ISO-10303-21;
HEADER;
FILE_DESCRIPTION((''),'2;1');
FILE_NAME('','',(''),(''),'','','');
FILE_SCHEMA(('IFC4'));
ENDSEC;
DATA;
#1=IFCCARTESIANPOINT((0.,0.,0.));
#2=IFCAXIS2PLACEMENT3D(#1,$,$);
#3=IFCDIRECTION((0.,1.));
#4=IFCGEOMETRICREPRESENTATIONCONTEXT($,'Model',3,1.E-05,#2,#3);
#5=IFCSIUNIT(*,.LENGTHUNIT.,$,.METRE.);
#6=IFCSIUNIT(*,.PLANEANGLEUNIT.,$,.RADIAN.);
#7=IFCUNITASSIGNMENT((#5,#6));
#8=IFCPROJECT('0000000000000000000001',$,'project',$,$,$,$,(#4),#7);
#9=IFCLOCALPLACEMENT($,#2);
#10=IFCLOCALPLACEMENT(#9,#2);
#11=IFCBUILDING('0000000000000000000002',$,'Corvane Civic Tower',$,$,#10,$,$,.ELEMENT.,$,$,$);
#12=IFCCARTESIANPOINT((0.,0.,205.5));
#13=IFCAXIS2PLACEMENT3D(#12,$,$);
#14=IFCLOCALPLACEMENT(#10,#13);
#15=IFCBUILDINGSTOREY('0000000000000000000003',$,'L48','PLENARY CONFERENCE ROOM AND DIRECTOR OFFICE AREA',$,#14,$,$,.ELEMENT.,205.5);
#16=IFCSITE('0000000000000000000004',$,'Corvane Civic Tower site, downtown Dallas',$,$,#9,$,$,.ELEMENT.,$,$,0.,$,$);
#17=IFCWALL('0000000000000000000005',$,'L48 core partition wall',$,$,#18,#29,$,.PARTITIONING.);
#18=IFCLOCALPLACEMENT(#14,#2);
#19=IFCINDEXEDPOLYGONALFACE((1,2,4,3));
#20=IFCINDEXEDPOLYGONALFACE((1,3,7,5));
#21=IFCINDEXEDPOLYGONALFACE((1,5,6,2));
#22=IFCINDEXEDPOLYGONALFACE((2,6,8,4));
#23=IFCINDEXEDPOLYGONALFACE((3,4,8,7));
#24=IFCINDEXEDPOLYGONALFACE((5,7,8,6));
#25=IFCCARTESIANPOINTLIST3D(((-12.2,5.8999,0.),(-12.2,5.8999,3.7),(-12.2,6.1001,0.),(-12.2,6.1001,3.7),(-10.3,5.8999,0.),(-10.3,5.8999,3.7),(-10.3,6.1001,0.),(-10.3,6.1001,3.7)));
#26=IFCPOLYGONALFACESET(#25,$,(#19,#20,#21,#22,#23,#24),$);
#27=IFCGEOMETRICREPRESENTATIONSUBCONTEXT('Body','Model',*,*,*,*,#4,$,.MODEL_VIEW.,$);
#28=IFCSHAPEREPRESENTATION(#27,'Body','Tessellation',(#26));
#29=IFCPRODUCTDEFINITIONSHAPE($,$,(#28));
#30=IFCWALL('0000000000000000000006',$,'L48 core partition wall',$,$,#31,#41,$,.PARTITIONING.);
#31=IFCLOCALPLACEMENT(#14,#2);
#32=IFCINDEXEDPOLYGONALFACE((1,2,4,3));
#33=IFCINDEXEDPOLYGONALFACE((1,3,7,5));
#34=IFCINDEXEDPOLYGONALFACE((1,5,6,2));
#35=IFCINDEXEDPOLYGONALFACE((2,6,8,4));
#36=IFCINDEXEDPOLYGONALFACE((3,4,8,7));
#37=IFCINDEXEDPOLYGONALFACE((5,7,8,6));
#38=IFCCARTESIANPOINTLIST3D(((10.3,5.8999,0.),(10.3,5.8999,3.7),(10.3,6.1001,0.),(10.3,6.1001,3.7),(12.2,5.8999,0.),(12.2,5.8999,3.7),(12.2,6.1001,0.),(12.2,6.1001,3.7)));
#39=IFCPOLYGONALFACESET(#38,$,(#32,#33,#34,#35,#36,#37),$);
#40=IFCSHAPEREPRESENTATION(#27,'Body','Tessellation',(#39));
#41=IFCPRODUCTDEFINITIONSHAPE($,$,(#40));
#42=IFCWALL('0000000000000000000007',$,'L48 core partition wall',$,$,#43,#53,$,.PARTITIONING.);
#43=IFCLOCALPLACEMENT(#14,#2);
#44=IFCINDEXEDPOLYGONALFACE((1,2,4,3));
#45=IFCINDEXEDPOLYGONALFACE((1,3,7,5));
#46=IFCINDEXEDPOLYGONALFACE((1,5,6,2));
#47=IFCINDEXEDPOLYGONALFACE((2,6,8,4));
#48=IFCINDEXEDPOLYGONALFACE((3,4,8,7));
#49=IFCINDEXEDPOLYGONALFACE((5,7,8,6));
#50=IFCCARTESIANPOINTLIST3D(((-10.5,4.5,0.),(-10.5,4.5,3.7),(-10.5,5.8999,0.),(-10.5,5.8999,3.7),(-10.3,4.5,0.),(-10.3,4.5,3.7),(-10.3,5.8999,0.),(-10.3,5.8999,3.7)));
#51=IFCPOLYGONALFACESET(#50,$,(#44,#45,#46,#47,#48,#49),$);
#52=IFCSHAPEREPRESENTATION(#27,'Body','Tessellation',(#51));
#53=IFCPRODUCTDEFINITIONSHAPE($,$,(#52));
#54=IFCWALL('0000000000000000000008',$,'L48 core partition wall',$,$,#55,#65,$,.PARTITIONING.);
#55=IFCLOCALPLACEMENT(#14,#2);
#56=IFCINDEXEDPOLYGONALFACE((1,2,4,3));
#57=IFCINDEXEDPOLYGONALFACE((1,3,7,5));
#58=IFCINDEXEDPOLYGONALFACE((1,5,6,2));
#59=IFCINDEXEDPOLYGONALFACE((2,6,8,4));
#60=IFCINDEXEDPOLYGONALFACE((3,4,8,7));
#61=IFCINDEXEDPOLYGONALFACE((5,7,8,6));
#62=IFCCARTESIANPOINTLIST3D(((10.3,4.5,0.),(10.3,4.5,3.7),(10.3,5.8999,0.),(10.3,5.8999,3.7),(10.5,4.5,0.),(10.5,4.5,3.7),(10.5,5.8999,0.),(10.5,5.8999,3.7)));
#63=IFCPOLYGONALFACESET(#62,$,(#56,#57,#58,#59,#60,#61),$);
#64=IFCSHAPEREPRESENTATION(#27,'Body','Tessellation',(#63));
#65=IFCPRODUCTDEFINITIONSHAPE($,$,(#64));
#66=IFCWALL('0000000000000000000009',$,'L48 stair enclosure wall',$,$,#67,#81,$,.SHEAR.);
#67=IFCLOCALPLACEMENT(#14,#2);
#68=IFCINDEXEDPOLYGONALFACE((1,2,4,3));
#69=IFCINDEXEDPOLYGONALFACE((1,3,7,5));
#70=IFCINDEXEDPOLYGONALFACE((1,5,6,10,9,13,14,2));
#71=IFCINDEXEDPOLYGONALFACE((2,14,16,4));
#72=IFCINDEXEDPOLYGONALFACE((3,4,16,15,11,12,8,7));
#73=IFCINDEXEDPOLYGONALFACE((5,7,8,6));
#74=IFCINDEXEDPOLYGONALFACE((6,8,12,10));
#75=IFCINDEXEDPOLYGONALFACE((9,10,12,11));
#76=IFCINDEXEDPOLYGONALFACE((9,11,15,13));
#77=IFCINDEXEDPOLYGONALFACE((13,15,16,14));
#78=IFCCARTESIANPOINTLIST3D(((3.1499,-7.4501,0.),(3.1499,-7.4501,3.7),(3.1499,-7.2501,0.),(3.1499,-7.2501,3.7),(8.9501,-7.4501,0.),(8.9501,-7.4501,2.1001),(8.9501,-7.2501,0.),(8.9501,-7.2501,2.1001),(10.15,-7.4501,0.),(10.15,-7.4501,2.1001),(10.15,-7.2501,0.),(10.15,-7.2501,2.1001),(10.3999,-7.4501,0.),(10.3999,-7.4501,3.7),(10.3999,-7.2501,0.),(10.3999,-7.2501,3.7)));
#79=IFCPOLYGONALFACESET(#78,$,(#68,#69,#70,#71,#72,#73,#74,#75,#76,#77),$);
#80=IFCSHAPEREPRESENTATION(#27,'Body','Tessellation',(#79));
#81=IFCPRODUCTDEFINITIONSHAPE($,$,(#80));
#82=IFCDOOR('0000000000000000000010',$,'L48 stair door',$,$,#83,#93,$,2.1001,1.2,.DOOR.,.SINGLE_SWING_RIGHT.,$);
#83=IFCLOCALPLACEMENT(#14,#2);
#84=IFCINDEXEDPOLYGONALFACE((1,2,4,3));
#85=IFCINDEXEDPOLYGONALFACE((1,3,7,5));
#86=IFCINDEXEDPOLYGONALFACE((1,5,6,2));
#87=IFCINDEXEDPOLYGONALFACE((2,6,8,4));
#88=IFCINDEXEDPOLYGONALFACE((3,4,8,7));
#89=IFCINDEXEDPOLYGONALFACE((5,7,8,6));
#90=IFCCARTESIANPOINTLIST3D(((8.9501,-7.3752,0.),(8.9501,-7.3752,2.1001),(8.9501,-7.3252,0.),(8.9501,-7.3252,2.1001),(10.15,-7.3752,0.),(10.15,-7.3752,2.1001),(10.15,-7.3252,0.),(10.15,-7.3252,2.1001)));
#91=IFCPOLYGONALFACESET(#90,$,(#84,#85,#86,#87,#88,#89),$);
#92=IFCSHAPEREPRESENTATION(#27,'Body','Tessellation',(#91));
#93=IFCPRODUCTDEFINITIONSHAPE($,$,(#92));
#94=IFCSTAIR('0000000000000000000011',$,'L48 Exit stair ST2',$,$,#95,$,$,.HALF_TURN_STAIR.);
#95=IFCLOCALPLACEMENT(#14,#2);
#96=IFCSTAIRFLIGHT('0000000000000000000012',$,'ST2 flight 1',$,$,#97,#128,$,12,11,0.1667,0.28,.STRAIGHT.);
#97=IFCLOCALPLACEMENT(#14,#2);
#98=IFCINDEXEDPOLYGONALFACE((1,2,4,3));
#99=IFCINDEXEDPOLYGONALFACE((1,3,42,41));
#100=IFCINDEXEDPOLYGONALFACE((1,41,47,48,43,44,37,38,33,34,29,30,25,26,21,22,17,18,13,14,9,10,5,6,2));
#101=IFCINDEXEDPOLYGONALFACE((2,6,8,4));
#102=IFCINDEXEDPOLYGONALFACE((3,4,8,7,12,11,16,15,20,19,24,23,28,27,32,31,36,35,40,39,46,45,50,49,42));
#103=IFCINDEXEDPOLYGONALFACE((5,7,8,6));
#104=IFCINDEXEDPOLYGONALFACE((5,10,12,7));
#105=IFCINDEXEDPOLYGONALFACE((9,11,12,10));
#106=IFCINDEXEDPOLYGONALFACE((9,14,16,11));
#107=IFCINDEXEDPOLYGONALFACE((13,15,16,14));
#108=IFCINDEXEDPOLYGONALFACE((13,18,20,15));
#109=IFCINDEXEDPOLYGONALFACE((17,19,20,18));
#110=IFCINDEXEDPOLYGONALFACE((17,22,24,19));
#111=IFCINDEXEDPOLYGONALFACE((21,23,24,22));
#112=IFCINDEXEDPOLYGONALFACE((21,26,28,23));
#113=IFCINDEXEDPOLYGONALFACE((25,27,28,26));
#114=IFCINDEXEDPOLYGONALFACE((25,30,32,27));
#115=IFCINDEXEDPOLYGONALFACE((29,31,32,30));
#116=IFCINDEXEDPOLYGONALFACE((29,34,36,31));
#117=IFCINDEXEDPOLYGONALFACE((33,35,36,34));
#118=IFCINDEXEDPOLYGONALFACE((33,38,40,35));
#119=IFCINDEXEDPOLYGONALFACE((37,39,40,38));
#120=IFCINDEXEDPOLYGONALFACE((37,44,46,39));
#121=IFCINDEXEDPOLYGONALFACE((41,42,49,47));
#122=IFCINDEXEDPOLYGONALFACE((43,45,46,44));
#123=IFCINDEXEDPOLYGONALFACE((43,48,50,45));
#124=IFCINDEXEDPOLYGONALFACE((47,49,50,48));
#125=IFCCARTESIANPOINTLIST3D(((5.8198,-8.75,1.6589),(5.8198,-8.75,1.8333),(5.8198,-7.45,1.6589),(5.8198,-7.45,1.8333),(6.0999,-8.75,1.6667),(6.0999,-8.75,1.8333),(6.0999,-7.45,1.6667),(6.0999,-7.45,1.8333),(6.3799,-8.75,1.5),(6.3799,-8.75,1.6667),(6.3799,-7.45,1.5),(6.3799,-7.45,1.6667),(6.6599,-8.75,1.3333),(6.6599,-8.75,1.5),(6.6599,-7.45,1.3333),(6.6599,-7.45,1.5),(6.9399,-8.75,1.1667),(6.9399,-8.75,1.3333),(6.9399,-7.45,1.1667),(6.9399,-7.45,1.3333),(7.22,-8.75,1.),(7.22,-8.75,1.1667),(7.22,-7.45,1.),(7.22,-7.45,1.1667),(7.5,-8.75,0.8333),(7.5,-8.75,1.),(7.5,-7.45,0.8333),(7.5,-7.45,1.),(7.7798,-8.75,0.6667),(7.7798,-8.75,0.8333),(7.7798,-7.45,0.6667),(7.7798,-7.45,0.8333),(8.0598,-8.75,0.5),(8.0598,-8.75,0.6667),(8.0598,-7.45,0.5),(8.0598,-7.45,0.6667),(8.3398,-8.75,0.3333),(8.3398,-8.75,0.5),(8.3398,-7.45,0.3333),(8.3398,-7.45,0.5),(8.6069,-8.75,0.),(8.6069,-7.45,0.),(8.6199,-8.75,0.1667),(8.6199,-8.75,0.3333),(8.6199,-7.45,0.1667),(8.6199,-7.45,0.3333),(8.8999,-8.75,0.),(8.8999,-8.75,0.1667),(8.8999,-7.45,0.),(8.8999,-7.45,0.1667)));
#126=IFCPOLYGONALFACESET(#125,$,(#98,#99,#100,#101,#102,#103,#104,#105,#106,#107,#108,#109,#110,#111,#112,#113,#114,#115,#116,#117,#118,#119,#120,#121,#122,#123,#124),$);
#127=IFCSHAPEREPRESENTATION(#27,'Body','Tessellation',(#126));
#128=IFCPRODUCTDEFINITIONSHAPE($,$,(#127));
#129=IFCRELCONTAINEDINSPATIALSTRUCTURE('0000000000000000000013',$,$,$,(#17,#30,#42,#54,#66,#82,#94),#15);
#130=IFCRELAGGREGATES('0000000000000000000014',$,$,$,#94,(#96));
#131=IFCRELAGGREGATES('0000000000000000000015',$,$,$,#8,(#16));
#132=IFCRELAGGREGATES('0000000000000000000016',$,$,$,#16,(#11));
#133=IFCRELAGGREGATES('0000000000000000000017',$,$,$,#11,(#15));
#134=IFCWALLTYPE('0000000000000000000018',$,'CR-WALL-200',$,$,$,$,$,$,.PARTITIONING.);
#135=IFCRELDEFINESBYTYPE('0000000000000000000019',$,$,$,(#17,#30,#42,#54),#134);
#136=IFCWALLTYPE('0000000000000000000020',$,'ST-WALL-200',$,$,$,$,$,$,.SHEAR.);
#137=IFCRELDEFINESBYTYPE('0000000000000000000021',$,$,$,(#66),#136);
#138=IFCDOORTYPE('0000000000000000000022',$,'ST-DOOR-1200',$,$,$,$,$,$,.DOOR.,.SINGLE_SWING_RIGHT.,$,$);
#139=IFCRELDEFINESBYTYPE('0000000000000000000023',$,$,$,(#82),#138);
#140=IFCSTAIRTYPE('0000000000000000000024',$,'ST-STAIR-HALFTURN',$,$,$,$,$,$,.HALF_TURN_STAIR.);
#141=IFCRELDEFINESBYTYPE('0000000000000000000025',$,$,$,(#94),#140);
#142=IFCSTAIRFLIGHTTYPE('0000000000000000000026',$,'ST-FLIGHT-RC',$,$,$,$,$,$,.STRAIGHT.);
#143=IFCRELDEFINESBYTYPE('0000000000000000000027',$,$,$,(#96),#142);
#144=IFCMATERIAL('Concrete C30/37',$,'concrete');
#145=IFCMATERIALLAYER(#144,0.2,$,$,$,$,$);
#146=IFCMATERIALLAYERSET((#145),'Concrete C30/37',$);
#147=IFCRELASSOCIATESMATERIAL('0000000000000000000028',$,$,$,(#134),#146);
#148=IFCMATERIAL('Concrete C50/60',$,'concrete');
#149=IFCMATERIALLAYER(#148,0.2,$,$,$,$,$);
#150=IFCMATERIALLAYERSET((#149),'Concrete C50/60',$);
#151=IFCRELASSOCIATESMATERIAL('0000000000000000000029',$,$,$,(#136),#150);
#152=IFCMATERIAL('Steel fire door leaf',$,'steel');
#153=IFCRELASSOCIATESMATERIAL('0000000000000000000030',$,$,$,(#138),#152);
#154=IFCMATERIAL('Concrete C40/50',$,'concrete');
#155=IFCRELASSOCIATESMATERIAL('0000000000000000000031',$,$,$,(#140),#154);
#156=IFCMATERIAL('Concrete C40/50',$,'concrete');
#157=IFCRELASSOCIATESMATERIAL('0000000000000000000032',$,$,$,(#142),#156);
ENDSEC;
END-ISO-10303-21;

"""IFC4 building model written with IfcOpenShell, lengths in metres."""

from ifc_helpers import new_model, si_unit, direction, frame, frame_2d, origin, place, context, subcontext, project, spatial, polyline, rectangle, outline, extrude, material, layer, layer_set, type_object, element, fill, aggregate, save


model = new_model("IFC4")

# Units and contexts
model_context = context("Model", 3, precision=1e-05, world=origin(), true_north=direction((0.0, 1.0)))
body_context = subcontext(model_context, "Body", "Model", "MODEL_VIEW")
ifc_project = project(units=[si_unit("LENGTHUNIT", "METRE"), si_unit("PLANEANGLEUNIT", "RADIAN")], contexts=[model_context])

# Site, building, storey
site_placement = place(None, origin())
site = spatial("IfcSite", under=ifc_project, at=site_placement, Name="Corvane Civic Tower site, downtown Dallas", CompositionType="ELEMENT", RefElevation=0.0)
building_placement = place(site_placement, origin())
building = spatial("IfcBuilding", under=site, at=building_placement, Name="Corvane Civic Tower", CompositionType="ELEMENT")
storey_placement = place(building_placement, frame((0.0, 0.0, 205.5)))
storey = spatial("IfcBuildingStorey", under=building, at=storey_placement, Name="L48", Description="PLENARY CONFERENCE ROOM AND DIRECTOR OFFICE AREA", CompositionType="ELEMENT", Elevation=205.5)

# Shared definitions
ifc_material_1 = material(Name="Concrete C30/37", Category="concrete")
ifc_layer_1 = layer(ifc_material_1, 0.2)
ifc_layer_set_1 = layer_set([ifc_layer_1], Name="Concrete C30/37")
wall_type_1 = type_object("IfcWallType", Name="CR-WALL-200", PredefinedType="PARTITIONING", material=ifc_layer_set_1)

# Walls
wall_1_placement = place(storey_placement, origin())
element("IfcWall", 1, at=wall_1_placement, inside=storey, type_object=wall_type_1, Name="L48 core partition wall", PredefinedType="PARTITIONING", context=body_context, shape_type="SweptSolid", body=[
    extrude(outline(polyline([(-10.3, 5.8999), (-12.2, 5.8999), (-12.2, 6.1001), (-10.3, 6.1001), (-10.3, 5.8999)])), origin(), (0.0, 0.0, 1.0), 3.7),
])
wall_2_placement = place(storey_placement, origin())
element("IfcWall", 2, at=wall_2_placement, inside=storey, type_object=wall_type_1, Name="L48 core partition wall", PredefinedType="PARTITIONING", context=body_context, shape_type="SweptSolid", body=[
    extrude(outline(polyline([(12.2, 5.8999), (10.3, 5.8999), (10.3, 6.1001), (12.2, 6.1001), (12.2, 5.8999)])), origin(), (0.0, 0.0, 1.0), 3.7),
])
wall_3_placement = place(storey_placement, origin())
element("IfcWall", 3, at=wall_3_placement, inside=storey, type_object=wall_type_1, Name="L48 core partition wall", PredefinedType="PARTITIONING", context=body_context, shape_type="SweptSolid", body=[
    extrude(outline(polyline([(-10.3, 4.5), (-10.5, 4.5), (-10.5, 5.8999), (-10.3, 5.8999), (-10.3, 4.5)])), origin(), (0.0, 0.0, 1.0), 3.7),
])
wall_4_placement = place(storey_placement, origin())
element("IfcWall", 4, at=wall_4_placement, inside=storey, type_object=wall_type_1, Name="L48 core partition wall", PredefinedType="PARTITIONING", context=body_context, shape_type="SweptSolid", body=[
    extrude(outline(polyline([(10.5, 4.5), (10.3, 4.5), (10.3, 5.8999), (10.5, 5.8999), (10.5, 4.5)])), origin(), (0.0, 0.0, 1.0), 3.7),
])

# Wall, opening, door
ifc_material_2 = material(Name="Concrete C50/60", Category="concrete")
ifc_layer_2 = layer(ifc_material_2, 0.2)
ifc_layer_set_2 = layer_set([ifc_layer_2], Name="Concrete C50/60")
wall_type_2 = type_object("IfcWallType", Name="ST-WALL-200", PredefinedType="SHEAR", material=ifc_layer_set_2)
wall_5_placement = place(storey_placement, frame((3.1499, -7.3501, 0.0), z_axis=(0.0, 0.0, 1.0), x_axis=(1.0, 0.0, 0.0)))
wall_5 = element("IfcWall", 5, at=wall_5_placement, inside=storey, type_object=wall_type_2, Name="L48 stair enclosure wall", PredefinedType="SHEAR", context=body_context, shape_type="SweptSolid", body=[
    extrude(rectangle(XDim=7.25, YDim=0.2, at=frame_2d((3.625, 0.0))), origin(), (0.0, 0.0, 1.0), 3.7),
])
opening_1_placement = place(wall_5_placement, frame((5.8, 0.0, 0.0)))
opening_1 = element("IfcOpeningElement", 6, at=opening_1_placement, cuts=wall_5, PredefinedType="OPENING", context=body_context, shape_type="SweptSolid", body=[
    extrude(rectangle(XDim=1.2, YDim=2.1001, at=frame_2d((0.6001, 1.05))), frame((0.0, 0.1099, 0.0), z_axis=(0.0, -1.0, 0.0), x_axis=(1.0, 0.0, 0.0)), (0.0, 0.0, 1.0), 0.22),
])
ifc_material_3 = material(Name="Steel fire door leaf", Category="steel")
door_type_1 = type_object("IfcDoorType", Name="ST-DOOR-1200", OperationType="SINGLE_SWING_RIGHT", PredefinedType="DOOR", material=ifc_material_3)
door_1_placement = place(opening_1_placement, origin())
door_1 = element("IfcDoor", 7, at=door_1_placement, inside=storey, type_object=door_type_1, Name="L48 stair door", OperationType="SINGLE_SWING_RIGHT", OverallHeight=2.1001, OverallWidth=1.2, PredefinedType="DOOR", context=body_context, shape_type="SweptSolid", body=[
    extrude(rectangle(XDim=1.2, YDim=2.1001, at=frame_2d((0.6001, 1.05))), frame((0.0, 0.0249, 0.0), z_axis=(0.0, -1.0, 0.0), x_axis=(1.0, 0.0, 0.0)), (0.0, 0.0, 1.0), 0.05),
])
fill(opening_1, door_1)

# Stair, stair flight
ifc_material_4 = material(Name="Concrete C40/50", Category="concrete")
stair_type = type_object("IfcStairType", Name="ST-STAIR-HALFTURN", PredefinedType="HALF_TURN_STAIR", material=ifc_material_4)
stair_placement = place(storey_placement, origin())
stair = element("IfcStair", 8, at=stair_placement, inside=storey, type_object=stair_type, Name="L48 Exit stair ST2", PredefinedType="HALF_TURN_STAIR")
ifc_material_5 = material(Name="Concrete C40/50", Category="concrete")
stair_flight_type = type_object("IfcStairFlightType", Name="ST-FLIGHT-RC", PredefinedType="STRAIGHT", material=ifc_material_5)
stair_flight_placement = place(storey_placement, frame((8.8999, -8.1001, 0.0), z_axis=(0.0, 0.0, 1.0), x_axis=(-1.0, 0.0, 0.0)))
stair_flight = element("IfcStairFlight", 9, at=stair_flight_placement, type_object=stair_flight_type, Name="ST2 flight 1", NumberOfRisers=12, NumberOfTreads=11, PredefinedType="STRAIGHT", RiserHeight=0.1667, TreadLength=0.28, context=body_context, shape_type="SweptSolid", body=[
    extrude(outline(polyline([(0.0, 0.0), (0.0, 0.1667), (0.28, 0.1667), (0.28, 0.3333), (0.5601, 0.3333), (0.5601, 0.5), (0.8401, 0.5), (0.8401, 0.6667), (1.1201, 0.6667), (1.1201, 0.8333), (1.3999, 0.8333), (1.3999, 1.0), (1.6799, 1.0), (1.6799, 1.1667), (1.96, 1.1667), (1.96, 1.3333), (2.24, 1.3333), (2.24, 1.5), (2.52, 1.5), (2.52, 1.6667), (2.8, 1.6667), (2.8, 1.8333), (3.0801, 1.8333), (3.0801, 2.0), (3.0801, 1.6589), (0.293, 0.0), (0.0, 0.0)])), frame((0.0, 0.6499, 0.0), z_axis=(0.0, -1.0, 0.0), x_axis=(1.0, 0.0, 0.0)), (0.0, 0.0, 1.0), 1.3),
])
aggregate(stair, [stair_flight])

save(model, "model.ifc")
